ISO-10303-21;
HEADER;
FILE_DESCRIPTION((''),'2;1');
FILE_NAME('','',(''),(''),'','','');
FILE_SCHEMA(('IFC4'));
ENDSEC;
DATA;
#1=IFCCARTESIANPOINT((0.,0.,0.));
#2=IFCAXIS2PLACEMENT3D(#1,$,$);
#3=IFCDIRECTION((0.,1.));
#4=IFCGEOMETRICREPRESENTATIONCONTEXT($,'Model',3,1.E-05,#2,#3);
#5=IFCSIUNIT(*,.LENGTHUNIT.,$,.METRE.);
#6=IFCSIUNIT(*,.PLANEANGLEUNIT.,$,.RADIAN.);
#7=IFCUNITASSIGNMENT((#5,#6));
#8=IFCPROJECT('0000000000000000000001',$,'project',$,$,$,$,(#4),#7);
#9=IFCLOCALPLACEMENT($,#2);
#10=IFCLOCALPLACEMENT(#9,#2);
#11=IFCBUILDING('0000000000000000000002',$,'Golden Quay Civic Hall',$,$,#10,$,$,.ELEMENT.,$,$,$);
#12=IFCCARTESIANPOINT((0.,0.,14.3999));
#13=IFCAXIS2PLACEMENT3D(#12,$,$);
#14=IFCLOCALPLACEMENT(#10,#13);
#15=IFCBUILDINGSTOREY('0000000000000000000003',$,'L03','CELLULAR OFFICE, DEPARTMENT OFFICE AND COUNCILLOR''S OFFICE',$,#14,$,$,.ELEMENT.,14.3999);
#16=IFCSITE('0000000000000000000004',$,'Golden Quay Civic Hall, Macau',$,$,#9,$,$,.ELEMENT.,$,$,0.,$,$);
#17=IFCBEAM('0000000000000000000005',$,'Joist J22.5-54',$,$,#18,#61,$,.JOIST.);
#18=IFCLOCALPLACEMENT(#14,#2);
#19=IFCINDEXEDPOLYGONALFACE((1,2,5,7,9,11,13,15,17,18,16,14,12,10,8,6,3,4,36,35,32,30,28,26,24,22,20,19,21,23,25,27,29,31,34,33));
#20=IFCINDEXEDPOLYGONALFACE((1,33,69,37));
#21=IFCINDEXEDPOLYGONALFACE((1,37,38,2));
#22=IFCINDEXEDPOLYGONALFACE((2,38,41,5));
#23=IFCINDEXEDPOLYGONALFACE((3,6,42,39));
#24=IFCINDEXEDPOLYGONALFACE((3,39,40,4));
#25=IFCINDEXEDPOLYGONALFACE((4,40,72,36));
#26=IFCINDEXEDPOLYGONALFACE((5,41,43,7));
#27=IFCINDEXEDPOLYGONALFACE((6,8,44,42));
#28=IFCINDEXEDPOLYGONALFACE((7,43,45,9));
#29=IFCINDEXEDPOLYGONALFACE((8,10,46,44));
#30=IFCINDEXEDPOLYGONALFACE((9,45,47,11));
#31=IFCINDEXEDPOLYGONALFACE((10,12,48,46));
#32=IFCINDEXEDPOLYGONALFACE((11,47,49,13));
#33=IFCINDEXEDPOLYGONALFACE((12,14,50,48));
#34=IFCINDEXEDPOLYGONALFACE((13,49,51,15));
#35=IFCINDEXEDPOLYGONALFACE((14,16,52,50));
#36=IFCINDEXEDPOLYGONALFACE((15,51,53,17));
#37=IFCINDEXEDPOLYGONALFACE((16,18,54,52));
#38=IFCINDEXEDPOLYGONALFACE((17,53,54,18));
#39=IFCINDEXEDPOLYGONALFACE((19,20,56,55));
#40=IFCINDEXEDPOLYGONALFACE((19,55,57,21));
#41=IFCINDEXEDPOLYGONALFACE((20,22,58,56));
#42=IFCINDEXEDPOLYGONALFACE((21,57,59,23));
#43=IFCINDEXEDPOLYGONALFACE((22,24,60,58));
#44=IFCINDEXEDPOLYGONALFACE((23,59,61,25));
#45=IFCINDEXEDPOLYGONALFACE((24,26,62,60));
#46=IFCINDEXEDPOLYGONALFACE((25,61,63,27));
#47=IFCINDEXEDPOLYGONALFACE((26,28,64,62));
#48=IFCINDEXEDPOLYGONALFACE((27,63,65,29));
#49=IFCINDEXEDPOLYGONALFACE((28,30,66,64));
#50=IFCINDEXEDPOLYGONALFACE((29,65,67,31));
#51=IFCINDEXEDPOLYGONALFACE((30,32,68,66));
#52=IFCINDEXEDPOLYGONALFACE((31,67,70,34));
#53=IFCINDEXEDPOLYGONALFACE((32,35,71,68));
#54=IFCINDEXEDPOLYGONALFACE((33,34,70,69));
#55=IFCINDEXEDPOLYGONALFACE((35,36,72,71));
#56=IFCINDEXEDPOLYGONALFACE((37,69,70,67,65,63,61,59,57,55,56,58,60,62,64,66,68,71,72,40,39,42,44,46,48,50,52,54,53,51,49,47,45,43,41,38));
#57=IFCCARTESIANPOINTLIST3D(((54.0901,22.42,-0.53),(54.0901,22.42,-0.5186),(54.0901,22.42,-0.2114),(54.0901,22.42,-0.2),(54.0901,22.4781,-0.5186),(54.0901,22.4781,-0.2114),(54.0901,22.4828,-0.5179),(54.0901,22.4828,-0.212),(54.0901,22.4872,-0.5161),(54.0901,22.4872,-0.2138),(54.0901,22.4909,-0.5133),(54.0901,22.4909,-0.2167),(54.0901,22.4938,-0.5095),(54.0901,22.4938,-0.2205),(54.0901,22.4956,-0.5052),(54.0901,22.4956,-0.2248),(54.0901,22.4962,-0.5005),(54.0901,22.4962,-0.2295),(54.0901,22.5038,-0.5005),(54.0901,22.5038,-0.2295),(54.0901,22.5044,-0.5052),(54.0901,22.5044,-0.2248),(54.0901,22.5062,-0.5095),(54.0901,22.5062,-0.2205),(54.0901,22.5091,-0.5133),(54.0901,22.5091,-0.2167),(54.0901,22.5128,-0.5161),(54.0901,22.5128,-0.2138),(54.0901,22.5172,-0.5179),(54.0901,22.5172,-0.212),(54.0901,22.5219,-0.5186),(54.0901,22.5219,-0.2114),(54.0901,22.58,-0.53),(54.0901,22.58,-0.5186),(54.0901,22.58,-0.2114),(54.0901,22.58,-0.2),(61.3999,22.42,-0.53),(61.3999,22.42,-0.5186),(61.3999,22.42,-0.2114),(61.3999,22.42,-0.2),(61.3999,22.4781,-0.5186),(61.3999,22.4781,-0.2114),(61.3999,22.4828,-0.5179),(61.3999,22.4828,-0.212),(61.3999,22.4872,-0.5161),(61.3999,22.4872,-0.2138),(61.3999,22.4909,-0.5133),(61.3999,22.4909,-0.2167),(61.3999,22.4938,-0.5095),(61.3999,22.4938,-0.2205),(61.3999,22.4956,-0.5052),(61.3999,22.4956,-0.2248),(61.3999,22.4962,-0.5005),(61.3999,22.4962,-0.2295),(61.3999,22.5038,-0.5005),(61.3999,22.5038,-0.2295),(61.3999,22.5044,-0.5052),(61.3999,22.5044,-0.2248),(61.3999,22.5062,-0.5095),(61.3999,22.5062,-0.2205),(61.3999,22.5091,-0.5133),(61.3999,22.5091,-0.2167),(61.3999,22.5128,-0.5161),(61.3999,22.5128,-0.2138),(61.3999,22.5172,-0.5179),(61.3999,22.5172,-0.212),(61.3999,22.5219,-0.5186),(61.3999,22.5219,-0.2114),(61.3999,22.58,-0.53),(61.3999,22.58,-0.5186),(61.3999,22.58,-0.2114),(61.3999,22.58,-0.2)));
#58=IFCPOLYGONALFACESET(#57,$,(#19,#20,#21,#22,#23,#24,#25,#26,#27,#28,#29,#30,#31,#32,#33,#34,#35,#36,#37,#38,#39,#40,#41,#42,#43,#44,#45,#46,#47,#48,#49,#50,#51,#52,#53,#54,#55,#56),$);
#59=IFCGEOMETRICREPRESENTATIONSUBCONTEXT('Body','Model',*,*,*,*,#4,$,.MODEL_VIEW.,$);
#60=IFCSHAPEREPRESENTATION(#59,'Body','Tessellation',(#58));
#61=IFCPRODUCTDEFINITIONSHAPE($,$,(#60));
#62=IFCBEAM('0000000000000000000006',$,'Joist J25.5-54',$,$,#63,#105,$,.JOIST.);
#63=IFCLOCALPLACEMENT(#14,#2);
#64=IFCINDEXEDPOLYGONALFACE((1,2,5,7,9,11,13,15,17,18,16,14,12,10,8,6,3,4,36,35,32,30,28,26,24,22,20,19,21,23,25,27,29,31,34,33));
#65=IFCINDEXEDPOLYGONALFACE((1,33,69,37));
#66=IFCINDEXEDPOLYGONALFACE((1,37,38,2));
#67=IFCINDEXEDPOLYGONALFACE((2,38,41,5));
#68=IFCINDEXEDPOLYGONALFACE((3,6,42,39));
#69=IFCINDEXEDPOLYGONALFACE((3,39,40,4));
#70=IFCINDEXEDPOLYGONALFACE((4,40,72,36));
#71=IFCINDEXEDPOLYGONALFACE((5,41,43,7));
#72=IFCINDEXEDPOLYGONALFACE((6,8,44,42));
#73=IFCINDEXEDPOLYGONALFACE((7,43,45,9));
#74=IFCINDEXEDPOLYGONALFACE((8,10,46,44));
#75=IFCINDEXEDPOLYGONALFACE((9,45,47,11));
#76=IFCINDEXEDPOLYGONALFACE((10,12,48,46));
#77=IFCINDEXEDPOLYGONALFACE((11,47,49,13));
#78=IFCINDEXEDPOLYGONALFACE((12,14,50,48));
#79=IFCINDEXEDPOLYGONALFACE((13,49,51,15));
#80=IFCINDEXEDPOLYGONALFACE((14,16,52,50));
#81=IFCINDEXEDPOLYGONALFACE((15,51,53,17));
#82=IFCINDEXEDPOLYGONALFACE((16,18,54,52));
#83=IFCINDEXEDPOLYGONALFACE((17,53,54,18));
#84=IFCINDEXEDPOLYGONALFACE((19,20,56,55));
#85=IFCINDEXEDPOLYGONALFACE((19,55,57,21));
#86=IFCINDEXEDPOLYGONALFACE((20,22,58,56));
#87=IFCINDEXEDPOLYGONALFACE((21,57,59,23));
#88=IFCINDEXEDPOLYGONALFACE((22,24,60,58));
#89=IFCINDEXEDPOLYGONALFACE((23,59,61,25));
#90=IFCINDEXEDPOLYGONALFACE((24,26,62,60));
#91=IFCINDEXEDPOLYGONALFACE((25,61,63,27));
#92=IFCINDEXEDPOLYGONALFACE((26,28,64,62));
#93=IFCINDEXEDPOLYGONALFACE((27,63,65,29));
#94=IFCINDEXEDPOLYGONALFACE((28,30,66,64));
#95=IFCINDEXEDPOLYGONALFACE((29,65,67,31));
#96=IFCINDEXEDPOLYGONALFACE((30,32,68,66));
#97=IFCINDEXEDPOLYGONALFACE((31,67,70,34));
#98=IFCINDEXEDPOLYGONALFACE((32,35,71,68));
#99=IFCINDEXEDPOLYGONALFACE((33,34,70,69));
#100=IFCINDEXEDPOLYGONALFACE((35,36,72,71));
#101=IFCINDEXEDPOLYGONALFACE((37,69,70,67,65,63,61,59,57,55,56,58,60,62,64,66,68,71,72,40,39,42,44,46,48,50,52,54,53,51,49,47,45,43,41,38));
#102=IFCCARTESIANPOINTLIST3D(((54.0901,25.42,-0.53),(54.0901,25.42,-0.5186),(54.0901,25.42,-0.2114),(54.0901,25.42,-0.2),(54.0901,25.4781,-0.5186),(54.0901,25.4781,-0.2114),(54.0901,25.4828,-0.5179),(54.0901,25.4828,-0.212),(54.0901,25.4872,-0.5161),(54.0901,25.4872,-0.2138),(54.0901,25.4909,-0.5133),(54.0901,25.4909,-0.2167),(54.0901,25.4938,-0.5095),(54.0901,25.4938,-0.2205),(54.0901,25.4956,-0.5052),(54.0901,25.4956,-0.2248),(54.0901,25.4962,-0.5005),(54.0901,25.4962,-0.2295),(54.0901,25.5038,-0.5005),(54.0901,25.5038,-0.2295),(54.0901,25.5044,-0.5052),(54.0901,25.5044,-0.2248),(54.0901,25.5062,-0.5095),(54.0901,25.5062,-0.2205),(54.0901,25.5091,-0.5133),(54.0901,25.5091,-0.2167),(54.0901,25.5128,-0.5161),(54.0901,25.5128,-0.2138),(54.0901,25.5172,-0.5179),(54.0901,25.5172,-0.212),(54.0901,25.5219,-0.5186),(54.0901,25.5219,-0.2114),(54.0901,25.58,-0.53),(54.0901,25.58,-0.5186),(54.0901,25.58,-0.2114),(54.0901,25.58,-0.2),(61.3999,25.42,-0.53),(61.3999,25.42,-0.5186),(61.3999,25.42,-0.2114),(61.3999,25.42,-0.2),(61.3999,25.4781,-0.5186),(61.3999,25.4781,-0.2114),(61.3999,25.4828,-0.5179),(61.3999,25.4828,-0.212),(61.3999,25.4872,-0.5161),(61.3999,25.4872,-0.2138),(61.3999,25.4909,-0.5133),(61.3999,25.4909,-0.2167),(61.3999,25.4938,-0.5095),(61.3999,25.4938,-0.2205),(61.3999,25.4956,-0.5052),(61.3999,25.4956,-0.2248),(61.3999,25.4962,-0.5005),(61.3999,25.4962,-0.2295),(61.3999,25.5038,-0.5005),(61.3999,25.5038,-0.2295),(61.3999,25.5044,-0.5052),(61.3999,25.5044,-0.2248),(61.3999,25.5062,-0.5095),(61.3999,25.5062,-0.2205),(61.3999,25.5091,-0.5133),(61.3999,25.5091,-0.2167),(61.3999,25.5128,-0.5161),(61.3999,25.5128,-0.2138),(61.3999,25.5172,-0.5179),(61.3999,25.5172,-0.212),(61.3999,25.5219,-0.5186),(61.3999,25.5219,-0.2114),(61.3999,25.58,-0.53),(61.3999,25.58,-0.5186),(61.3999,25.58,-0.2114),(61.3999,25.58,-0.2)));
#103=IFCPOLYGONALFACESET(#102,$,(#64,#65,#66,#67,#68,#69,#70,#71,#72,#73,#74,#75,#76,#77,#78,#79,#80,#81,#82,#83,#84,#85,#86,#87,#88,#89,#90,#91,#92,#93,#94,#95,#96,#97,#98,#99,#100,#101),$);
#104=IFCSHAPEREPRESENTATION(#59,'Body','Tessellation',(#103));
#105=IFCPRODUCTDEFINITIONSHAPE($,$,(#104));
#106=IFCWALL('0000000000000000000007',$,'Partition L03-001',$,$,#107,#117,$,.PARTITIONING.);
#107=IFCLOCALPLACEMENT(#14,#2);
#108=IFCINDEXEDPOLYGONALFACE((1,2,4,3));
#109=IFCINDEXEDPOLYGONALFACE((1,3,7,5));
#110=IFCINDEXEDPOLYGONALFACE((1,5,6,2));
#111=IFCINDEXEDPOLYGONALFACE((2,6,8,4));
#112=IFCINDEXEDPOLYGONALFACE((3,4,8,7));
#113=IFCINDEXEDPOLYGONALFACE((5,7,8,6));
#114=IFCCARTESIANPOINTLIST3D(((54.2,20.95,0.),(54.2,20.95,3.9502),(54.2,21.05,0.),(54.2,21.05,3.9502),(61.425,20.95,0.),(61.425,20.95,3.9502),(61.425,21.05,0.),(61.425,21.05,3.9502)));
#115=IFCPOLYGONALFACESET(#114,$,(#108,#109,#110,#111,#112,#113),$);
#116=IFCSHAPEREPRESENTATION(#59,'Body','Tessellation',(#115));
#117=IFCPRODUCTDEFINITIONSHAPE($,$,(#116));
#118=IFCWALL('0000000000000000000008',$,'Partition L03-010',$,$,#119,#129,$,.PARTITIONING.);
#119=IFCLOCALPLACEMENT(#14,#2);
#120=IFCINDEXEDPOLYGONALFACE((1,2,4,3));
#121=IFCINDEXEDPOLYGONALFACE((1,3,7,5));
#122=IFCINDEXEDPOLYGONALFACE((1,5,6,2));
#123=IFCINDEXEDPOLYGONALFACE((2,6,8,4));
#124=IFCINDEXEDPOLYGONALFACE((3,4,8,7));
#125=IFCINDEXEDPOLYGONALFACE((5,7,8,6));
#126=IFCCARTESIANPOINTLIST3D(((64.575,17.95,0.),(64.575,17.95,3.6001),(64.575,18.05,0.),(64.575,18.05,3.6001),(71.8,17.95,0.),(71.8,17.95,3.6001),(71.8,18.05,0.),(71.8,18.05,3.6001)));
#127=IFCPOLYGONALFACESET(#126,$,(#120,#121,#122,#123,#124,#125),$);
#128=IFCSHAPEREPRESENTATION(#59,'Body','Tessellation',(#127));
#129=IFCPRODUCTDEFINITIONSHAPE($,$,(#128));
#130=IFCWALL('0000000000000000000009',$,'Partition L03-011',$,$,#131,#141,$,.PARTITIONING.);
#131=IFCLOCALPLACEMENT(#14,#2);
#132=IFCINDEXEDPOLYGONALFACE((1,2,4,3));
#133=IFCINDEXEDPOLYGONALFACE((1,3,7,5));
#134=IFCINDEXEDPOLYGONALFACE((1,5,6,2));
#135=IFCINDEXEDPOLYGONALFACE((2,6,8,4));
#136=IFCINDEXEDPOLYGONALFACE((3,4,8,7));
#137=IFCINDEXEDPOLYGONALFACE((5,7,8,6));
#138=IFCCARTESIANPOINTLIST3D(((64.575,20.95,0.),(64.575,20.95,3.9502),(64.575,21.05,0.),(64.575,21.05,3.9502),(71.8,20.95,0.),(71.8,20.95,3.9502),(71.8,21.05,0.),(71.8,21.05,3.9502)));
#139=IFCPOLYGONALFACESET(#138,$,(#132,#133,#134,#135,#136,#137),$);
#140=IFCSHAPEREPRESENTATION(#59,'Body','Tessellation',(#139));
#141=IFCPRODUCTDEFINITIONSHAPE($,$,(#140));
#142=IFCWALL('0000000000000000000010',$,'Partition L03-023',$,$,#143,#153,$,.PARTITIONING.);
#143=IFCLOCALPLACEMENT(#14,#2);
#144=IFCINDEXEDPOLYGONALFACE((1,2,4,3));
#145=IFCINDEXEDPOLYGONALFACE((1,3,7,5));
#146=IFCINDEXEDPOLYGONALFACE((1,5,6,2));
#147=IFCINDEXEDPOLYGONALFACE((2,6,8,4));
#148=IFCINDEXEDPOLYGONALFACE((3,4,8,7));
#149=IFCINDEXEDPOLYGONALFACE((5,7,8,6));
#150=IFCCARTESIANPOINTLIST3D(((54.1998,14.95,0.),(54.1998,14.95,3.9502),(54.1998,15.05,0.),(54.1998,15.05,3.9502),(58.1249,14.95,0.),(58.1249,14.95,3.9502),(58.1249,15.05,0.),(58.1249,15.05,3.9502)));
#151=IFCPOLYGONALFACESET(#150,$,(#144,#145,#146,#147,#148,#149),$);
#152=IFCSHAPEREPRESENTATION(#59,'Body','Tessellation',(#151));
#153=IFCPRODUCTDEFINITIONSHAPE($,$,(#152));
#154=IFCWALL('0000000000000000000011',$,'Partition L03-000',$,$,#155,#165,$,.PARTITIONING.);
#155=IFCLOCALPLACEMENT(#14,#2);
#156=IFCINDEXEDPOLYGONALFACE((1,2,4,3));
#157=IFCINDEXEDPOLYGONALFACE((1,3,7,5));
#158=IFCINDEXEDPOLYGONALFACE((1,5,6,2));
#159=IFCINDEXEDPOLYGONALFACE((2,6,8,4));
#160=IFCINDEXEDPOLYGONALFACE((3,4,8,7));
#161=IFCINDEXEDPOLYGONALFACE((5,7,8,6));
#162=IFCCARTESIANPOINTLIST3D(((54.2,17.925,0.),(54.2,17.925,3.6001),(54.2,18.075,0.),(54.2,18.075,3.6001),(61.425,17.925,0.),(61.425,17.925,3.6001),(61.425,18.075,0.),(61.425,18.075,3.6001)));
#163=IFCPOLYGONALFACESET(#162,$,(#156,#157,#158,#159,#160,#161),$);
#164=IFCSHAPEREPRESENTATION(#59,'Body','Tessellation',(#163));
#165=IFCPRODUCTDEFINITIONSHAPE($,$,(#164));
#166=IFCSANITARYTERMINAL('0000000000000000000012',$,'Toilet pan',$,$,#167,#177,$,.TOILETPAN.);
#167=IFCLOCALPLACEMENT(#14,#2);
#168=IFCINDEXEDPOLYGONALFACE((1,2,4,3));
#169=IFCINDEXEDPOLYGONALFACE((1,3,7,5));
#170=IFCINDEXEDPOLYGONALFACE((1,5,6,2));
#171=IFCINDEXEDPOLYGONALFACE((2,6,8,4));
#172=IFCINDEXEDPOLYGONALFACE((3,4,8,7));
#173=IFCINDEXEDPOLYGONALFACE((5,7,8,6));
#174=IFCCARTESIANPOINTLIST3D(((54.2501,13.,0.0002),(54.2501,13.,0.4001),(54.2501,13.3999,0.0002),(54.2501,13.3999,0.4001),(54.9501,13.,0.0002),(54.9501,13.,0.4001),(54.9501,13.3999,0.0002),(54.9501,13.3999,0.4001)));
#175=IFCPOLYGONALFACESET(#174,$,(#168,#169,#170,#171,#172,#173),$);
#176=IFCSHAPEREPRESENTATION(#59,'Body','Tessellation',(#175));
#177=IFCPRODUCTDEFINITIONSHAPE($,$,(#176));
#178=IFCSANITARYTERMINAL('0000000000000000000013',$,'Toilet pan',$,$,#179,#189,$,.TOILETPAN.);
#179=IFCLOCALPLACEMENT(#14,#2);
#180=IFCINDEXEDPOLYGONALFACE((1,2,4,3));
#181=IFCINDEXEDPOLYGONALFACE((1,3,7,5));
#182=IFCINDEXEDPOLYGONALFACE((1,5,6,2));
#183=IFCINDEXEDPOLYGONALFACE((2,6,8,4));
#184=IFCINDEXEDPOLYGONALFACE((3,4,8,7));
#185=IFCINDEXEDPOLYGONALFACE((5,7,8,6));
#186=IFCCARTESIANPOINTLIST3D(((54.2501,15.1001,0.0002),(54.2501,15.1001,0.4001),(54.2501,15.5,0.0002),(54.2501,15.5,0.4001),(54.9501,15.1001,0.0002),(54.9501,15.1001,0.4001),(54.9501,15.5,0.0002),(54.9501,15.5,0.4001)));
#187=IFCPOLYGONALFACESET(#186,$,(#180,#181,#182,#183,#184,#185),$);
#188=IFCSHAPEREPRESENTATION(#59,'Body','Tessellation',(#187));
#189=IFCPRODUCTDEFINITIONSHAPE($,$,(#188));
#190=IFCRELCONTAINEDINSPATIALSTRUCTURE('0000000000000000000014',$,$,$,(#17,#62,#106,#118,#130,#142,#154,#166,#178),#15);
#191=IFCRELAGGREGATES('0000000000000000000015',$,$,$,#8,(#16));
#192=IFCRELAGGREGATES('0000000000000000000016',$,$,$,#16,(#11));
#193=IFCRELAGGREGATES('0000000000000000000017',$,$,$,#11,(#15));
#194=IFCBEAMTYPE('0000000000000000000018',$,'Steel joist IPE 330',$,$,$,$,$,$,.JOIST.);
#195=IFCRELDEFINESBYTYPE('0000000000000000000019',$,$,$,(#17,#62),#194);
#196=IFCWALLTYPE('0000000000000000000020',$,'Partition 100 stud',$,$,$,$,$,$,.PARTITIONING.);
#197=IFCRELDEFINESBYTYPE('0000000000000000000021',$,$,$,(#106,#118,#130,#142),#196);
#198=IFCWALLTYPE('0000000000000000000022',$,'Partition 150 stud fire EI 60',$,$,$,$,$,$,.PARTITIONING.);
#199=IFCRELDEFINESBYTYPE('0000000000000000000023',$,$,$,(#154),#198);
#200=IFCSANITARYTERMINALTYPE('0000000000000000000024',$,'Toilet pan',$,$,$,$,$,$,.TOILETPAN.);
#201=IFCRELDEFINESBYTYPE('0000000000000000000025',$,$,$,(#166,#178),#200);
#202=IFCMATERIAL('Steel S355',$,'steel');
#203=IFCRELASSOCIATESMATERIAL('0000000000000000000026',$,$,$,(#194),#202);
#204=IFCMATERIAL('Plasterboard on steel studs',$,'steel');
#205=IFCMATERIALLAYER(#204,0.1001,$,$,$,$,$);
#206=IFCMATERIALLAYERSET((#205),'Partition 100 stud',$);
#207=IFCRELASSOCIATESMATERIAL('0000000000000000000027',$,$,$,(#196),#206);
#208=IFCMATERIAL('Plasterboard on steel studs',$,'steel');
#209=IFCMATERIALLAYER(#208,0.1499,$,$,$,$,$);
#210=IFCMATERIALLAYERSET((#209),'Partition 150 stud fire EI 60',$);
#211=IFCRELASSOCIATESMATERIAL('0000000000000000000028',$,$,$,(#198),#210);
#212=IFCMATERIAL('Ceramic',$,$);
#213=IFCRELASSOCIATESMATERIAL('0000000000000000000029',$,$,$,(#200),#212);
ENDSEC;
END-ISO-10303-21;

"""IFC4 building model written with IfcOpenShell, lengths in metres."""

from ifc_helpers import new_model, si_unit, direction, frame, frame_2d, origin, origin_2d, place, context, subcontext, project, spatial, rectangle, i_section, extrude, material, layer, layer_set, material_profile, profile_set, type_object, element, save


model = new_model("IFC4")

# Units and contexts
model_context = context("Model", 3, precision=1e-05, world=origin(), true_north=direction((0.0, 1.0)))
body_context = subcontext(model_context, "Body", "Model", "MODEL_VIEW")
ifc_project = project(units=[si_unit("LENGTHUNIT", "METRE"), si_unit("PLANEANGLEUNIT", "RADIAN")], contexts=[model_context])

# Site, building, storey
site_placement = place(None, origin())
site = spatial("IfcSite", under=ifc_project, at=site_placement, Name="Golden Quay Civic Hall, Macau", CompositionType="ELEMENT", RefElevation=0.0)
building_placement = place(site_placement, origin())
building = spatial("IfcBuilding", under=site, at=building_placement, Name="Golden Quay Civic Hall", CompositionType="ELEMENT")
storey_placement = place(building_placement, frame((0.0, 0.0, 14.3999)))
storey = spatial("IfcBuildingStorey", under=building, at=storey_placement, Name="L03", Description="CELLULAR OFFICE, DEPARTMENT OFFICE AND COUNCILLOR'S OFFICE", CompositionType="ELEMENT", Elevation=14.3999)

# Beams
ifc_material_1 = material(Name="Steel S355", Category="steel")
ifc_material_profile_1 = material_profile(ifc_material_1, i_section(OverallWidth=0.1599, OverallDepth=0.3301, WebThickness=0.0076, FlangeThickness=0.0115, FilletRadius=0.0181, at=origin_2d()), Name="IPE 330")
ifc_profile_set_1 = profile_set([ifc_material_profile_1], Name="Steel S355")
beam_type_1 = type_object("IfcBeamType", Name="Steel joist IPE 330", PredefinedType="JOIST", material=ifc_profile_set_1)
for number, where, z_axis, x_axis, name in (
    (1, (54.0901, 22.5, -0.365), (1.0, 0.0, 0.0), (0.0, 1.0, 0.0), "Joist J22.5-54"),
    (2, (54.0901, 25.5, -0.365), (1.0, 0.0, 0.0), (0.0, 1.0, 0.0), "Joist J25.5-54"),
):
    element("IfcBeam", number, at=place(storey_placement, frame(where, z_axis=z_axis, x_axis=x_axis)), inside=storey, type_object=beam_type_1, Name=name, PredefinedType="JOIST", context=body_context, shape_type="SweptSolid", body=[
        extrude(i_section(OverallWidth=0.1599, OverallDepth=0.3301, WebThickness=0.0076, FlangeThickness=0.0115, FilletRadius=0.0181, at=origin_2d()), origin(), (0.0, 0.0, 1.0), 7.3098),
    ])

# Walls
ifc_material_2 = material(Name="Plasterboard on steel studs", Category="steel")
ifc_layer_1 = layer(ifc_material_2, 0.1001)
ifc_layer_set_1 = layer_set([ifc_layer_1], Name="Partition 100 stud")
wall_type_1 = type_object("IfcWallType", Name="Partition 100 stud", PredefinedType="PARTITIONING", material=ifc_layer_set_1)
wall_1_placement = place(storey_placement, frame((54.2, 21.0, 0.0), z_axis=(0.0, 0.0, 1.0), x_axis=(1.0, 0.0, 0.0)))
element("IfcWall", 3, at=wall_1_placement, inside=storey, type_object=wall_type_1, Name="Partition L03-001", PredefinedType="PARTITIONING", context=body_context, shape_type="SweptSolid", body=[
    extrude(rectangle(XDim=7.2251, YDim=0.1001, at=frame_2d((3.6125, 0.0))), origin(), (0.0, 0.0, 1.0), 3.9502),
])
wall_2_placement = place(storey_placement, frame((64.575, 18.0, 0.0), z_axis=(0.0, 0.0, 1.0), x_axis=(1.0, 0.0, 0.0)))
element("IfcWall", 4, at=wall_2_placement, inside=storey, type_object=wall_type_1, Name="Partition L03-010", PredefinedType="PARTITIONING", context=body_context, shape_type="SweptSolid", body=[
    extrude(rectangle(XDim=7.2251, YDim=0.1001, at=frame_2d((3.6125, 0.0))), origin(), (0.0, 0.0, 1.0), 3.6001),
])
wall_3_placement = place(storey_placement, frame((64.575, 21.0, 0.0), z_axis=(0.0, 0.0, 1.0), x_axis=(1.0, 0.0, 0.0)))
element("IfcWall", 5, at=wall_3_placement, inside=storey, type_object=wall_type_1, Name="Partition L03-011", PredefinedType="PARTITIONING", context=body_context, shape_type="SweptSolid", body=[
    extrude(rectangle(XDim=7.2251, YDim=0.1001, at=frame_2d((3.6125, 0.0))), origin(), (0.0, 0.0, 1.0), 3.9502),
])
wall_4_placement = place(storey_placement, frame((54.2, 15.0, 0.0), z_axis=(0.0, 0.0, 1.0), x_axis=(1.0, 0.0, 0.0)))
element("IfcWall", 6, at=wall_4_placement, inside=storey, type_object=wall_type_1, Name="Partition L03-023", PredefinedType="PARTITIONING", context=body_context, shape_type="SweptSolid", body=[
    extrude(rectangle(XDim=3.925, YDim=0.1001, at=frame_2d((1.9624, 0.0))), origin(), (0.0, 0.0, 1.0), 3.9502),
])
ifc_material_3 = material(Name="Plasterboard on steel studs", Category="steel")
ifc_layer_2 = layer(ifc_material_3, 0.1499)
ifc_layer_set_2 = layer_set([ifc_layer_2], Name="Partition 150 stud fire EI 60")
wall_type_2 = type_object("IfcWallType", Name="Partition 150 stud fire EI 60", PredefinedType="PARTITIONING", material=ifc_layer_set_2)
wall_5_placement = place(storey_placement, frame((54.2, 18.0, 0.0), z_axis=(0.0, 0.0, 1.0), x_axis=(1.0, 0.0, 0.0)))
element("IfcWall", 7, at=wall_5_placement, inside=storey, type_object=wall_type_2, Name="Partition L03-000", PredefinedType="PARTITIONING", context=body_context, shape_type="SweptSolid", body=[
    extrude(rectangle(XDim=7.2251, YDim=0.1499, at=frame_2d((3.6125, 0.0))), origin(), (0.0, 0.0, 1.0), 3.6001),
])

# Sanitary terminals
ifc_material_4 = material(Name="Ceramic")
sanitary_terminal_type_1 = type_object("IfcSanitaryTerminalType", Name="Toilet pan", PredefinedType="TOILETPAN", material=ifc_material_4)
for number, where, z_axis, x_axis, name in (
    (8, (54.6001, 13.2, 0.0002), (0.0, 0.0, 1.0), (0.0, 1.0, 0.0), "Toilet pan"),
    (9, (54.6001, 15.3, 0.0002), (0.0, 0.0, 1.0), (0.0, 1.0, 0.0), "Toilet pan"),
):
    element("IfcSanitaryTerminal", number, at=place(storey_placement, frame(where, z_axis=z_axis, x_axis=x_axis)), inside=storey, type_object=sanitary_terminal_type_1, Name=name, PredefinedType="TOILETPAN", context=body_context, shape_type="SweptSolid", body=[
        extrude(rectangle(XDim=0.3999, YDim=0.7, at=origin_2d()), origin(), (0.0, 0.0, 1.0), 0.3999),
    ])

save(model, "model.ifc")
